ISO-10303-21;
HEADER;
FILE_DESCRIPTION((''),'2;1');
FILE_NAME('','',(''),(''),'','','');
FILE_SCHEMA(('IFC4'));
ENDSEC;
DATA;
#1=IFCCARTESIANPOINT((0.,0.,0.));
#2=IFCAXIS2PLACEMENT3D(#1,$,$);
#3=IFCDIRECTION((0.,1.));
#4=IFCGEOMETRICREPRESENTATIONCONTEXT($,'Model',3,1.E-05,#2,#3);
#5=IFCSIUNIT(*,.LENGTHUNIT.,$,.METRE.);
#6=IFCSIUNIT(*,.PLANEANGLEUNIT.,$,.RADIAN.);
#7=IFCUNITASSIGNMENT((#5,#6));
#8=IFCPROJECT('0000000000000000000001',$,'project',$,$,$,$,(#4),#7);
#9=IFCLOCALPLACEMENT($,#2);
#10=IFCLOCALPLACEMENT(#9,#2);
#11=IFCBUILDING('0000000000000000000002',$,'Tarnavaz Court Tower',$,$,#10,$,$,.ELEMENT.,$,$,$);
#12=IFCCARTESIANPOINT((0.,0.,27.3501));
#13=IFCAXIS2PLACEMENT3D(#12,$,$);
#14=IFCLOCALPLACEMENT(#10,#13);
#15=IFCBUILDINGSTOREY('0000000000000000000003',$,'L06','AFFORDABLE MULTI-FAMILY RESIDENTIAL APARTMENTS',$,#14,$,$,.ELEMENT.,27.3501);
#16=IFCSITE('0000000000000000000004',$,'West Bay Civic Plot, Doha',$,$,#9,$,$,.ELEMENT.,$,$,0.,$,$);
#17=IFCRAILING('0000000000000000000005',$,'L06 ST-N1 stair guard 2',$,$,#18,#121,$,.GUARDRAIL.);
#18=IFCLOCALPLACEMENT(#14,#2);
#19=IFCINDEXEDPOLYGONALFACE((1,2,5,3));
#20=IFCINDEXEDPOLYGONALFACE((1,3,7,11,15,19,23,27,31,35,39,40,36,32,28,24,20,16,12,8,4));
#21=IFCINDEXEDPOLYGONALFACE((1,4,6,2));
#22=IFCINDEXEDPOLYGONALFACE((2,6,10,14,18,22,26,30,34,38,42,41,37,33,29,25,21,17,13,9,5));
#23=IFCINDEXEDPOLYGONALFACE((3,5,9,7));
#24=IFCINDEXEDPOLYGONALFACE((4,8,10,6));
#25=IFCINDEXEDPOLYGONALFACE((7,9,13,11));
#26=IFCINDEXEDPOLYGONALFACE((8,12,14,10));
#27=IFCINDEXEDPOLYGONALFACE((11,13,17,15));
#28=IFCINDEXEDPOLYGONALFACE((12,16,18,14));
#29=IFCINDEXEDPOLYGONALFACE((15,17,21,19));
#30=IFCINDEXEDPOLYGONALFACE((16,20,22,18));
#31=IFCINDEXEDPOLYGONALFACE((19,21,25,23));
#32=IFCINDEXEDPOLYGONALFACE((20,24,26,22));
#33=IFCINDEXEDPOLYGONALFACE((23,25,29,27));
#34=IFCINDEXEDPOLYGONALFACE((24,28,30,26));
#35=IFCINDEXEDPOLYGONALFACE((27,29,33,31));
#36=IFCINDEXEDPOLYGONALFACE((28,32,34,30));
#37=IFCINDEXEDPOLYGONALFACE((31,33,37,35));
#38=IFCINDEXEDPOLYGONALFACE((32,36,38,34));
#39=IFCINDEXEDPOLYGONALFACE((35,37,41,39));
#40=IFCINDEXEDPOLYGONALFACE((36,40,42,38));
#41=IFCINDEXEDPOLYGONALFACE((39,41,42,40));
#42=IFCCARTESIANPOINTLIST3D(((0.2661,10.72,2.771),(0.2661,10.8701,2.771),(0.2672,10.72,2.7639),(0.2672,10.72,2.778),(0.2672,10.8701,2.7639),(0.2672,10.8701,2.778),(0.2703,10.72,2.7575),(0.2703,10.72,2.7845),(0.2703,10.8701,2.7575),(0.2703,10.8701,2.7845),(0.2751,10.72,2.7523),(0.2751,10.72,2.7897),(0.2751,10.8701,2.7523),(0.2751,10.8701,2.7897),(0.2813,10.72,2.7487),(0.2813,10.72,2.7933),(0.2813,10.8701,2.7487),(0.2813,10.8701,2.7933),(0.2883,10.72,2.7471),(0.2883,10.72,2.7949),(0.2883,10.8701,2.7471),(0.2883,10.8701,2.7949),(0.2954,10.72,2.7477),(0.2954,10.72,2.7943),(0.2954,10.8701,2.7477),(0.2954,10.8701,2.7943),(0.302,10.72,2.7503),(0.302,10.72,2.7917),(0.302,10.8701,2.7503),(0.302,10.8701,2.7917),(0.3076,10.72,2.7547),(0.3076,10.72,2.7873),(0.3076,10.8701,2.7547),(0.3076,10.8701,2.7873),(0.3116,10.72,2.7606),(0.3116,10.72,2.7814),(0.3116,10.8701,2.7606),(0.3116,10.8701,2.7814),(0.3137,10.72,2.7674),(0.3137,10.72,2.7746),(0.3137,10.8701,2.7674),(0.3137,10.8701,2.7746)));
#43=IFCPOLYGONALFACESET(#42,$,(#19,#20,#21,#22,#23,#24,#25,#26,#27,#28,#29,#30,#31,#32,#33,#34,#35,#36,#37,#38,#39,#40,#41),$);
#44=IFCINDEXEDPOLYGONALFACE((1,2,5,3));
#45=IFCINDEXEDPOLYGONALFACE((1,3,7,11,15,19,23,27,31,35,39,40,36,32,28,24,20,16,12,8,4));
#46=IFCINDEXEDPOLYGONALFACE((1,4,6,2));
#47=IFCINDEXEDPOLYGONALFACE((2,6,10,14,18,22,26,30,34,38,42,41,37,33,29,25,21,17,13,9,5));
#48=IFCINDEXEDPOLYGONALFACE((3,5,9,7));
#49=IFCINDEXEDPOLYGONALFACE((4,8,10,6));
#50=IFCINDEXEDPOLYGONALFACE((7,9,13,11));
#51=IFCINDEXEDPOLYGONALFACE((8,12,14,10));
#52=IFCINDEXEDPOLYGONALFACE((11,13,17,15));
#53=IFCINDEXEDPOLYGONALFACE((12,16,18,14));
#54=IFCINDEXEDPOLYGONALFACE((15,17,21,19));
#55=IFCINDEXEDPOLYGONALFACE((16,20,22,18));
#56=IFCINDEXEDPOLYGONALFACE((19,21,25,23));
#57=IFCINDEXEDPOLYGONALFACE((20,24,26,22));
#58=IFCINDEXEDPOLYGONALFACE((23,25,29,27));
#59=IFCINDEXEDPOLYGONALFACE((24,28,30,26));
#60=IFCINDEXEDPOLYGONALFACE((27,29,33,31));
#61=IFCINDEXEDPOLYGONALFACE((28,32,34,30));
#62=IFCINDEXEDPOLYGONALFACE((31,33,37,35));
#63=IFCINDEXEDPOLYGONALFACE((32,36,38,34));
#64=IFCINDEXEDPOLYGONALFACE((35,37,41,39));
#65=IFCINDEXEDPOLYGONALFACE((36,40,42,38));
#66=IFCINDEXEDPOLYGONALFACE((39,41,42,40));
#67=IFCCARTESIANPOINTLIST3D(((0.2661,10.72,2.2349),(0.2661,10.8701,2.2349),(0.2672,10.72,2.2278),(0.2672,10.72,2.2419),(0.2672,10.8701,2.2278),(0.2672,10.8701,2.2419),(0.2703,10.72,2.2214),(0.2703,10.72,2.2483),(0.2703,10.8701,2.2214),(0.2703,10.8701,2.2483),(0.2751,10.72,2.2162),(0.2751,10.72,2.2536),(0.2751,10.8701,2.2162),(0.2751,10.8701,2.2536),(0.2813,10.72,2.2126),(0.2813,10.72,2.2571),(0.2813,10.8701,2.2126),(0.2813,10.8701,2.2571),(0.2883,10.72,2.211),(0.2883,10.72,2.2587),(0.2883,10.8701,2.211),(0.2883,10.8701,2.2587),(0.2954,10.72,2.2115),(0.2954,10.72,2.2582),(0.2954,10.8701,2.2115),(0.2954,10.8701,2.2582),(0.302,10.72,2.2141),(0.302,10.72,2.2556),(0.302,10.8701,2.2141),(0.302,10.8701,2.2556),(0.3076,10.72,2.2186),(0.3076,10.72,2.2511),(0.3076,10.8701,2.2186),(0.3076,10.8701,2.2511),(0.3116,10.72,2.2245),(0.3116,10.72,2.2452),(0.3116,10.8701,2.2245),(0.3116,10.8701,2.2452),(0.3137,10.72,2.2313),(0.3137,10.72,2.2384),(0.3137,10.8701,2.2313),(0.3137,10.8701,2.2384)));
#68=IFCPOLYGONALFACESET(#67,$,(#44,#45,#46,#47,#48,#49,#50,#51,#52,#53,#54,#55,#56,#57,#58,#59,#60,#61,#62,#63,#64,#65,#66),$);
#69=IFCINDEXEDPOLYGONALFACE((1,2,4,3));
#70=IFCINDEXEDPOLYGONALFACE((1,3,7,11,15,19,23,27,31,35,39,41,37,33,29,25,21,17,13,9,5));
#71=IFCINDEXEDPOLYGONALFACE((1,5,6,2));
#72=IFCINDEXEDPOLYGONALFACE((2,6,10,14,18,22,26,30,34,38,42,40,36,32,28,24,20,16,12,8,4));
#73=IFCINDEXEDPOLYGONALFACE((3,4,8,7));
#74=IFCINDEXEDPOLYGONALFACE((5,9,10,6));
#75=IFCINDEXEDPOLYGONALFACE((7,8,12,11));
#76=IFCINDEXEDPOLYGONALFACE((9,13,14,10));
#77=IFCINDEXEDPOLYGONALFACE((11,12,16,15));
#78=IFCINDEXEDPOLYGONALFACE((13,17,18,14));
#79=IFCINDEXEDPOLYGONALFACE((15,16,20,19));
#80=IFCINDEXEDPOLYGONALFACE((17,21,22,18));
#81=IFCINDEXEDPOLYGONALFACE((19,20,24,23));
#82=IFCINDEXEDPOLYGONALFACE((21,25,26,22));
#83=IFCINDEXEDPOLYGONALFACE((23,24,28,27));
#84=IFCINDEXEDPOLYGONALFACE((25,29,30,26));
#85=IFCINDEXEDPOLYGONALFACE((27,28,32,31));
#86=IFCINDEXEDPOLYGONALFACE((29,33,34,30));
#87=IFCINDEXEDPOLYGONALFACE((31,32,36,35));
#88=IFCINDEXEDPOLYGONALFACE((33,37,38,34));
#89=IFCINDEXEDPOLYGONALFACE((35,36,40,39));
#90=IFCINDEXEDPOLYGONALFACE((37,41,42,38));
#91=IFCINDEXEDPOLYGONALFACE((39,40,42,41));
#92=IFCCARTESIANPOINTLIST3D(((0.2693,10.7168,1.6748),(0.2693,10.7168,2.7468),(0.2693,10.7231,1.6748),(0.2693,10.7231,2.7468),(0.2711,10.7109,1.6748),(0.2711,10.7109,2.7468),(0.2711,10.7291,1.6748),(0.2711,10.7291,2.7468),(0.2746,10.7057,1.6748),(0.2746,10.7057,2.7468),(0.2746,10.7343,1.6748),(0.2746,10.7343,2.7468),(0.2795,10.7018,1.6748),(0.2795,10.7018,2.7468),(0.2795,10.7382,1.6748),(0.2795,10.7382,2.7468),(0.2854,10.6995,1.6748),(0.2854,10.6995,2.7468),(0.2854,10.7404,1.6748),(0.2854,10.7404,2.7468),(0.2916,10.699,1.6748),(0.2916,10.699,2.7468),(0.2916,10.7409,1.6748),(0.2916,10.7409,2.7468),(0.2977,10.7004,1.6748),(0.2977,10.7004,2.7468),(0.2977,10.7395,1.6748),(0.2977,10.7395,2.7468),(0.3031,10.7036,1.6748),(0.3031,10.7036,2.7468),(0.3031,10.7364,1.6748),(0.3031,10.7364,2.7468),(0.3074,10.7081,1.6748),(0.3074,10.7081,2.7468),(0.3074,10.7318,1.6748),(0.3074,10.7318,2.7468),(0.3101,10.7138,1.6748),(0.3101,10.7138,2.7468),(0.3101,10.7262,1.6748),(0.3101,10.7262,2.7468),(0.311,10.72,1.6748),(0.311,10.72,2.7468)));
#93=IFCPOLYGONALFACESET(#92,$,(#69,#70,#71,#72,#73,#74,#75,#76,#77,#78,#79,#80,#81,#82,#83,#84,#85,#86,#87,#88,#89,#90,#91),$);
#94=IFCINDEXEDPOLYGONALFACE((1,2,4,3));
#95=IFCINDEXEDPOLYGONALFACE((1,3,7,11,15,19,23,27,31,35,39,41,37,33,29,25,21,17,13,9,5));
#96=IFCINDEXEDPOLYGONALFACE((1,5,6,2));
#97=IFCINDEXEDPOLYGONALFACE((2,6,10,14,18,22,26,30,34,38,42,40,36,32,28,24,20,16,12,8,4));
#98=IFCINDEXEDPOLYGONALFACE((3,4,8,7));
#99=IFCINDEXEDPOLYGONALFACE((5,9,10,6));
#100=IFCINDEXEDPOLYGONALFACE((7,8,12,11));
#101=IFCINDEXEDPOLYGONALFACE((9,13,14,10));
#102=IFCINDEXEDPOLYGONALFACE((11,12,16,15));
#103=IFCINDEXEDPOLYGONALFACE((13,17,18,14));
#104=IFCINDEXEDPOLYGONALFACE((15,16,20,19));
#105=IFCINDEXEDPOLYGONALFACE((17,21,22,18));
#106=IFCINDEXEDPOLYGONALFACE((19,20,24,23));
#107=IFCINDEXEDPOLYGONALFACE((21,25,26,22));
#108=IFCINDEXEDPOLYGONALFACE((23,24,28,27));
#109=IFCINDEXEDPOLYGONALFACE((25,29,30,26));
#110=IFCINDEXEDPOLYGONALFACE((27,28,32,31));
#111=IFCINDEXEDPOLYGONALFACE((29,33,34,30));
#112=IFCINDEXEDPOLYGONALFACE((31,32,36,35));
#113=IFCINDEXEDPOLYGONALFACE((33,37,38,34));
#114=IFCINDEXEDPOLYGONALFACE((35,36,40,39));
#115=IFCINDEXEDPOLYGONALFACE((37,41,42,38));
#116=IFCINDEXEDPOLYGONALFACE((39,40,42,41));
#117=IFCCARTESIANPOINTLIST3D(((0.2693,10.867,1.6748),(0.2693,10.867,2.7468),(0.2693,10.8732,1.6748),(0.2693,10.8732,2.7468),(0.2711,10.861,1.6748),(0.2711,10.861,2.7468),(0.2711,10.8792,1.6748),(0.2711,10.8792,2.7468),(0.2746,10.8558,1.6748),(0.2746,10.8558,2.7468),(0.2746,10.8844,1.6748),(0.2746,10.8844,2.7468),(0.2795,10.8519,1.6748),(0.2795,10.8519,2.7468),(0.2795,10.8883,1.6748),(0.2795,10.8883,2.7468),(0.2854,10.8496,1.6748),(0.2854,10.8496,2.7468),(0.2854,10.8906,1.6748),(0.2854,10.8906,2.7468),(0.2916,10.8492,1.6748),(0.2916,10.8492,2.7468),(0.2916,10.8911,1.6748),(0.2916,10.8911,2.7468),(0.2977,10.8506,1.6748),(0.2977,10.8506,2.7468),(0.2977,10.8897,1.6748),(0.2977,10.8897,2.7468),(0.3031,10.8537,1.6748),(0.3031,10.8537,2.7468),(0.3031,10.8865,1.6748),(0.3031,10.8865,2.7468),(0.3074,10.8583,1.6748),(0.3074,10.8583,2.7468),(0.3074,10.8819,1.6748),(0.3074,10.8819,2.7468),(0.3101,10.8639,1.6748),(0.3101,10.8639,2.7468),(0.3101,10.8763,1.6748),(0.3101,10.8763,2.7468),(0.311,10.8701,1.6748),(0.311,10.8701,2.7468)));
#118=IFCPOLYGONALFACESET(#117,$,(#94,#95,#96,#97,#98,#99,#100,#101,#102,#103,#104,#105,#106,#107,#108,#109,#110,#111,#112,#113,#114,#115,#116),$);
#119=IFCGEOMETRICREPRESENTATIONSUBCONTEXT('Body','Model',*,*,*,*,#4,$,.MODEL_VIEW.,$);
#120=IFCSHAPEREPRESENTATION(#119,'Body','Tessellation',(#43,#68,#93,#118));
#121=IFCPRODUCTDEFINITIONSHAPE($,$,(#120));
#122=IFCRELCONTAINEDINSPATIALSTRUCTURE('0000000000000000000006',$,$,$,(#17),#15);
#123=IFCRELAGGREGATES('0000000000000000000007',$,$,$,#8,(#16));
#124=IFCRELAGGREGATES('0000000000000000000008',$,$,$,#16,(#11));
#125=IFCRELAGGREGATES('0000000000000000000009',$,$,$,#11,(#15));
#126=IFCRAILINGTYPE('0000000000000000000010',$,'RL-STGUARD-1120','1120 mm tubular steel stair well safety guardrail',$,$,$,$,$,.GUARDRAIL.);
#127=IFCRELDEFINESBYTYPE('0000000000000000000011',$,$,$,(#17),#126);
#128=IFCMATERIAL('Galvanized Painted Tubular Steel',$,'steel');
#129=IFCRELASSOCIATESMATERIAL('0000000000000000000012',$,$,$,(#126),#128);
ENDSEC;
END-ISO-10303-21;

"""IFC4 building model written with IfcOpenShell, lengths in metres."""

from ifc_helpers import new_model, si_unit, direction, frame, origin, origin_2d, place, context, subcontext, project, spatial, circle, extrude, material, type_object, element, save


model = new_model("IFC4")

# Units and contexts
model_context = context("Model", 3, precision=1e-05, world=origin(), true_north=direction((0.0, 1.0)))
body_context = subcontext(model_context, "Body", "Model", "MODEL_VIEW")
ifc_project = project(units=[si_unit("LENGTHUNIT", "METRE"), si_unit("PLANEANGLEUNIT", "RADIAN")], contexts=[model_context])

# Site, building, storey
site_placement = place(None, origin())
site = spatial("IfcSite", under=ifc_project, at=site_placement, Name="West Bay Civic Plot, Doha", CompositionType="ELEMENT", RefElevation=0.0)
building_placement = place(site_placement, origin())
building = spatial("IfcBuilding", under=site, at=building_placement, Name="Tarnavaz Court Tower", CompositionType="ELEMENT")
storey_placement = place(building_placement, frame((0.0, 0.0, 27.3501)))
storey = spatial("IfcBuildingStorey", under=building, at=storey_placement, Name="L06", Description="AFFORDABLE MULTI-FAMILY RESIDENTIAL APARTMENTS", CompositionType="ELEMENT", Elevation=27.3501)

# Railing
ifc_material_1 = material(Name="Galvanized Painted Tubular Steel", Category="steel")
railing_type_1 = type_object("IfcRailingType", Name="RL-STGUARD-1120", Description="1120 mm tubular steel stair well safety guardrail", PredefinedType="GUARDRAIL", material=ifc_material_1)
railing_1_placement = place(storey_placement, frame((0.29, 10.72, 1.6748)))
element("IfcRailing", 1, at=railing_1_placement, inside=storey, type_object=railing_type_1, Name="L06 ST-N1 stair guard 2", PredefinedType="GUARDRAIL", context=body_context, shape_type="SweptSolid", body=[
    extrude(circle(Radius=0.0239, at=origin_2d()), frame((0.0, 0.0, 1.0962), z_axis=(0.0, 1.0, 0.0), x_axis=(-1.0, 0.0, 0.0)), (0.0, 0.0, 1.0), 0.1501),
    extrude(circle(Radius=0.0239, at=origin_2d()), frame((0.0, 0.0, 0.5601), z_axis=(0.0, 1.0, 0.0), x_axis=(-1.0, 0.0, 0.0)), (0.0, 0.0, 1.0), 0.1501),
    extrude(circle(Radius=0.021, at=origin_2d()), origin(), (0.0, 0.0, 1.0), 1.072),
    extrude(circle(Radius=0.021, at=origin_2d()), frame((0.0, 0.1501, 0.0)), (0.0, 0.0, 1.0), 1.072),
])

save(model, "model.ifc")
